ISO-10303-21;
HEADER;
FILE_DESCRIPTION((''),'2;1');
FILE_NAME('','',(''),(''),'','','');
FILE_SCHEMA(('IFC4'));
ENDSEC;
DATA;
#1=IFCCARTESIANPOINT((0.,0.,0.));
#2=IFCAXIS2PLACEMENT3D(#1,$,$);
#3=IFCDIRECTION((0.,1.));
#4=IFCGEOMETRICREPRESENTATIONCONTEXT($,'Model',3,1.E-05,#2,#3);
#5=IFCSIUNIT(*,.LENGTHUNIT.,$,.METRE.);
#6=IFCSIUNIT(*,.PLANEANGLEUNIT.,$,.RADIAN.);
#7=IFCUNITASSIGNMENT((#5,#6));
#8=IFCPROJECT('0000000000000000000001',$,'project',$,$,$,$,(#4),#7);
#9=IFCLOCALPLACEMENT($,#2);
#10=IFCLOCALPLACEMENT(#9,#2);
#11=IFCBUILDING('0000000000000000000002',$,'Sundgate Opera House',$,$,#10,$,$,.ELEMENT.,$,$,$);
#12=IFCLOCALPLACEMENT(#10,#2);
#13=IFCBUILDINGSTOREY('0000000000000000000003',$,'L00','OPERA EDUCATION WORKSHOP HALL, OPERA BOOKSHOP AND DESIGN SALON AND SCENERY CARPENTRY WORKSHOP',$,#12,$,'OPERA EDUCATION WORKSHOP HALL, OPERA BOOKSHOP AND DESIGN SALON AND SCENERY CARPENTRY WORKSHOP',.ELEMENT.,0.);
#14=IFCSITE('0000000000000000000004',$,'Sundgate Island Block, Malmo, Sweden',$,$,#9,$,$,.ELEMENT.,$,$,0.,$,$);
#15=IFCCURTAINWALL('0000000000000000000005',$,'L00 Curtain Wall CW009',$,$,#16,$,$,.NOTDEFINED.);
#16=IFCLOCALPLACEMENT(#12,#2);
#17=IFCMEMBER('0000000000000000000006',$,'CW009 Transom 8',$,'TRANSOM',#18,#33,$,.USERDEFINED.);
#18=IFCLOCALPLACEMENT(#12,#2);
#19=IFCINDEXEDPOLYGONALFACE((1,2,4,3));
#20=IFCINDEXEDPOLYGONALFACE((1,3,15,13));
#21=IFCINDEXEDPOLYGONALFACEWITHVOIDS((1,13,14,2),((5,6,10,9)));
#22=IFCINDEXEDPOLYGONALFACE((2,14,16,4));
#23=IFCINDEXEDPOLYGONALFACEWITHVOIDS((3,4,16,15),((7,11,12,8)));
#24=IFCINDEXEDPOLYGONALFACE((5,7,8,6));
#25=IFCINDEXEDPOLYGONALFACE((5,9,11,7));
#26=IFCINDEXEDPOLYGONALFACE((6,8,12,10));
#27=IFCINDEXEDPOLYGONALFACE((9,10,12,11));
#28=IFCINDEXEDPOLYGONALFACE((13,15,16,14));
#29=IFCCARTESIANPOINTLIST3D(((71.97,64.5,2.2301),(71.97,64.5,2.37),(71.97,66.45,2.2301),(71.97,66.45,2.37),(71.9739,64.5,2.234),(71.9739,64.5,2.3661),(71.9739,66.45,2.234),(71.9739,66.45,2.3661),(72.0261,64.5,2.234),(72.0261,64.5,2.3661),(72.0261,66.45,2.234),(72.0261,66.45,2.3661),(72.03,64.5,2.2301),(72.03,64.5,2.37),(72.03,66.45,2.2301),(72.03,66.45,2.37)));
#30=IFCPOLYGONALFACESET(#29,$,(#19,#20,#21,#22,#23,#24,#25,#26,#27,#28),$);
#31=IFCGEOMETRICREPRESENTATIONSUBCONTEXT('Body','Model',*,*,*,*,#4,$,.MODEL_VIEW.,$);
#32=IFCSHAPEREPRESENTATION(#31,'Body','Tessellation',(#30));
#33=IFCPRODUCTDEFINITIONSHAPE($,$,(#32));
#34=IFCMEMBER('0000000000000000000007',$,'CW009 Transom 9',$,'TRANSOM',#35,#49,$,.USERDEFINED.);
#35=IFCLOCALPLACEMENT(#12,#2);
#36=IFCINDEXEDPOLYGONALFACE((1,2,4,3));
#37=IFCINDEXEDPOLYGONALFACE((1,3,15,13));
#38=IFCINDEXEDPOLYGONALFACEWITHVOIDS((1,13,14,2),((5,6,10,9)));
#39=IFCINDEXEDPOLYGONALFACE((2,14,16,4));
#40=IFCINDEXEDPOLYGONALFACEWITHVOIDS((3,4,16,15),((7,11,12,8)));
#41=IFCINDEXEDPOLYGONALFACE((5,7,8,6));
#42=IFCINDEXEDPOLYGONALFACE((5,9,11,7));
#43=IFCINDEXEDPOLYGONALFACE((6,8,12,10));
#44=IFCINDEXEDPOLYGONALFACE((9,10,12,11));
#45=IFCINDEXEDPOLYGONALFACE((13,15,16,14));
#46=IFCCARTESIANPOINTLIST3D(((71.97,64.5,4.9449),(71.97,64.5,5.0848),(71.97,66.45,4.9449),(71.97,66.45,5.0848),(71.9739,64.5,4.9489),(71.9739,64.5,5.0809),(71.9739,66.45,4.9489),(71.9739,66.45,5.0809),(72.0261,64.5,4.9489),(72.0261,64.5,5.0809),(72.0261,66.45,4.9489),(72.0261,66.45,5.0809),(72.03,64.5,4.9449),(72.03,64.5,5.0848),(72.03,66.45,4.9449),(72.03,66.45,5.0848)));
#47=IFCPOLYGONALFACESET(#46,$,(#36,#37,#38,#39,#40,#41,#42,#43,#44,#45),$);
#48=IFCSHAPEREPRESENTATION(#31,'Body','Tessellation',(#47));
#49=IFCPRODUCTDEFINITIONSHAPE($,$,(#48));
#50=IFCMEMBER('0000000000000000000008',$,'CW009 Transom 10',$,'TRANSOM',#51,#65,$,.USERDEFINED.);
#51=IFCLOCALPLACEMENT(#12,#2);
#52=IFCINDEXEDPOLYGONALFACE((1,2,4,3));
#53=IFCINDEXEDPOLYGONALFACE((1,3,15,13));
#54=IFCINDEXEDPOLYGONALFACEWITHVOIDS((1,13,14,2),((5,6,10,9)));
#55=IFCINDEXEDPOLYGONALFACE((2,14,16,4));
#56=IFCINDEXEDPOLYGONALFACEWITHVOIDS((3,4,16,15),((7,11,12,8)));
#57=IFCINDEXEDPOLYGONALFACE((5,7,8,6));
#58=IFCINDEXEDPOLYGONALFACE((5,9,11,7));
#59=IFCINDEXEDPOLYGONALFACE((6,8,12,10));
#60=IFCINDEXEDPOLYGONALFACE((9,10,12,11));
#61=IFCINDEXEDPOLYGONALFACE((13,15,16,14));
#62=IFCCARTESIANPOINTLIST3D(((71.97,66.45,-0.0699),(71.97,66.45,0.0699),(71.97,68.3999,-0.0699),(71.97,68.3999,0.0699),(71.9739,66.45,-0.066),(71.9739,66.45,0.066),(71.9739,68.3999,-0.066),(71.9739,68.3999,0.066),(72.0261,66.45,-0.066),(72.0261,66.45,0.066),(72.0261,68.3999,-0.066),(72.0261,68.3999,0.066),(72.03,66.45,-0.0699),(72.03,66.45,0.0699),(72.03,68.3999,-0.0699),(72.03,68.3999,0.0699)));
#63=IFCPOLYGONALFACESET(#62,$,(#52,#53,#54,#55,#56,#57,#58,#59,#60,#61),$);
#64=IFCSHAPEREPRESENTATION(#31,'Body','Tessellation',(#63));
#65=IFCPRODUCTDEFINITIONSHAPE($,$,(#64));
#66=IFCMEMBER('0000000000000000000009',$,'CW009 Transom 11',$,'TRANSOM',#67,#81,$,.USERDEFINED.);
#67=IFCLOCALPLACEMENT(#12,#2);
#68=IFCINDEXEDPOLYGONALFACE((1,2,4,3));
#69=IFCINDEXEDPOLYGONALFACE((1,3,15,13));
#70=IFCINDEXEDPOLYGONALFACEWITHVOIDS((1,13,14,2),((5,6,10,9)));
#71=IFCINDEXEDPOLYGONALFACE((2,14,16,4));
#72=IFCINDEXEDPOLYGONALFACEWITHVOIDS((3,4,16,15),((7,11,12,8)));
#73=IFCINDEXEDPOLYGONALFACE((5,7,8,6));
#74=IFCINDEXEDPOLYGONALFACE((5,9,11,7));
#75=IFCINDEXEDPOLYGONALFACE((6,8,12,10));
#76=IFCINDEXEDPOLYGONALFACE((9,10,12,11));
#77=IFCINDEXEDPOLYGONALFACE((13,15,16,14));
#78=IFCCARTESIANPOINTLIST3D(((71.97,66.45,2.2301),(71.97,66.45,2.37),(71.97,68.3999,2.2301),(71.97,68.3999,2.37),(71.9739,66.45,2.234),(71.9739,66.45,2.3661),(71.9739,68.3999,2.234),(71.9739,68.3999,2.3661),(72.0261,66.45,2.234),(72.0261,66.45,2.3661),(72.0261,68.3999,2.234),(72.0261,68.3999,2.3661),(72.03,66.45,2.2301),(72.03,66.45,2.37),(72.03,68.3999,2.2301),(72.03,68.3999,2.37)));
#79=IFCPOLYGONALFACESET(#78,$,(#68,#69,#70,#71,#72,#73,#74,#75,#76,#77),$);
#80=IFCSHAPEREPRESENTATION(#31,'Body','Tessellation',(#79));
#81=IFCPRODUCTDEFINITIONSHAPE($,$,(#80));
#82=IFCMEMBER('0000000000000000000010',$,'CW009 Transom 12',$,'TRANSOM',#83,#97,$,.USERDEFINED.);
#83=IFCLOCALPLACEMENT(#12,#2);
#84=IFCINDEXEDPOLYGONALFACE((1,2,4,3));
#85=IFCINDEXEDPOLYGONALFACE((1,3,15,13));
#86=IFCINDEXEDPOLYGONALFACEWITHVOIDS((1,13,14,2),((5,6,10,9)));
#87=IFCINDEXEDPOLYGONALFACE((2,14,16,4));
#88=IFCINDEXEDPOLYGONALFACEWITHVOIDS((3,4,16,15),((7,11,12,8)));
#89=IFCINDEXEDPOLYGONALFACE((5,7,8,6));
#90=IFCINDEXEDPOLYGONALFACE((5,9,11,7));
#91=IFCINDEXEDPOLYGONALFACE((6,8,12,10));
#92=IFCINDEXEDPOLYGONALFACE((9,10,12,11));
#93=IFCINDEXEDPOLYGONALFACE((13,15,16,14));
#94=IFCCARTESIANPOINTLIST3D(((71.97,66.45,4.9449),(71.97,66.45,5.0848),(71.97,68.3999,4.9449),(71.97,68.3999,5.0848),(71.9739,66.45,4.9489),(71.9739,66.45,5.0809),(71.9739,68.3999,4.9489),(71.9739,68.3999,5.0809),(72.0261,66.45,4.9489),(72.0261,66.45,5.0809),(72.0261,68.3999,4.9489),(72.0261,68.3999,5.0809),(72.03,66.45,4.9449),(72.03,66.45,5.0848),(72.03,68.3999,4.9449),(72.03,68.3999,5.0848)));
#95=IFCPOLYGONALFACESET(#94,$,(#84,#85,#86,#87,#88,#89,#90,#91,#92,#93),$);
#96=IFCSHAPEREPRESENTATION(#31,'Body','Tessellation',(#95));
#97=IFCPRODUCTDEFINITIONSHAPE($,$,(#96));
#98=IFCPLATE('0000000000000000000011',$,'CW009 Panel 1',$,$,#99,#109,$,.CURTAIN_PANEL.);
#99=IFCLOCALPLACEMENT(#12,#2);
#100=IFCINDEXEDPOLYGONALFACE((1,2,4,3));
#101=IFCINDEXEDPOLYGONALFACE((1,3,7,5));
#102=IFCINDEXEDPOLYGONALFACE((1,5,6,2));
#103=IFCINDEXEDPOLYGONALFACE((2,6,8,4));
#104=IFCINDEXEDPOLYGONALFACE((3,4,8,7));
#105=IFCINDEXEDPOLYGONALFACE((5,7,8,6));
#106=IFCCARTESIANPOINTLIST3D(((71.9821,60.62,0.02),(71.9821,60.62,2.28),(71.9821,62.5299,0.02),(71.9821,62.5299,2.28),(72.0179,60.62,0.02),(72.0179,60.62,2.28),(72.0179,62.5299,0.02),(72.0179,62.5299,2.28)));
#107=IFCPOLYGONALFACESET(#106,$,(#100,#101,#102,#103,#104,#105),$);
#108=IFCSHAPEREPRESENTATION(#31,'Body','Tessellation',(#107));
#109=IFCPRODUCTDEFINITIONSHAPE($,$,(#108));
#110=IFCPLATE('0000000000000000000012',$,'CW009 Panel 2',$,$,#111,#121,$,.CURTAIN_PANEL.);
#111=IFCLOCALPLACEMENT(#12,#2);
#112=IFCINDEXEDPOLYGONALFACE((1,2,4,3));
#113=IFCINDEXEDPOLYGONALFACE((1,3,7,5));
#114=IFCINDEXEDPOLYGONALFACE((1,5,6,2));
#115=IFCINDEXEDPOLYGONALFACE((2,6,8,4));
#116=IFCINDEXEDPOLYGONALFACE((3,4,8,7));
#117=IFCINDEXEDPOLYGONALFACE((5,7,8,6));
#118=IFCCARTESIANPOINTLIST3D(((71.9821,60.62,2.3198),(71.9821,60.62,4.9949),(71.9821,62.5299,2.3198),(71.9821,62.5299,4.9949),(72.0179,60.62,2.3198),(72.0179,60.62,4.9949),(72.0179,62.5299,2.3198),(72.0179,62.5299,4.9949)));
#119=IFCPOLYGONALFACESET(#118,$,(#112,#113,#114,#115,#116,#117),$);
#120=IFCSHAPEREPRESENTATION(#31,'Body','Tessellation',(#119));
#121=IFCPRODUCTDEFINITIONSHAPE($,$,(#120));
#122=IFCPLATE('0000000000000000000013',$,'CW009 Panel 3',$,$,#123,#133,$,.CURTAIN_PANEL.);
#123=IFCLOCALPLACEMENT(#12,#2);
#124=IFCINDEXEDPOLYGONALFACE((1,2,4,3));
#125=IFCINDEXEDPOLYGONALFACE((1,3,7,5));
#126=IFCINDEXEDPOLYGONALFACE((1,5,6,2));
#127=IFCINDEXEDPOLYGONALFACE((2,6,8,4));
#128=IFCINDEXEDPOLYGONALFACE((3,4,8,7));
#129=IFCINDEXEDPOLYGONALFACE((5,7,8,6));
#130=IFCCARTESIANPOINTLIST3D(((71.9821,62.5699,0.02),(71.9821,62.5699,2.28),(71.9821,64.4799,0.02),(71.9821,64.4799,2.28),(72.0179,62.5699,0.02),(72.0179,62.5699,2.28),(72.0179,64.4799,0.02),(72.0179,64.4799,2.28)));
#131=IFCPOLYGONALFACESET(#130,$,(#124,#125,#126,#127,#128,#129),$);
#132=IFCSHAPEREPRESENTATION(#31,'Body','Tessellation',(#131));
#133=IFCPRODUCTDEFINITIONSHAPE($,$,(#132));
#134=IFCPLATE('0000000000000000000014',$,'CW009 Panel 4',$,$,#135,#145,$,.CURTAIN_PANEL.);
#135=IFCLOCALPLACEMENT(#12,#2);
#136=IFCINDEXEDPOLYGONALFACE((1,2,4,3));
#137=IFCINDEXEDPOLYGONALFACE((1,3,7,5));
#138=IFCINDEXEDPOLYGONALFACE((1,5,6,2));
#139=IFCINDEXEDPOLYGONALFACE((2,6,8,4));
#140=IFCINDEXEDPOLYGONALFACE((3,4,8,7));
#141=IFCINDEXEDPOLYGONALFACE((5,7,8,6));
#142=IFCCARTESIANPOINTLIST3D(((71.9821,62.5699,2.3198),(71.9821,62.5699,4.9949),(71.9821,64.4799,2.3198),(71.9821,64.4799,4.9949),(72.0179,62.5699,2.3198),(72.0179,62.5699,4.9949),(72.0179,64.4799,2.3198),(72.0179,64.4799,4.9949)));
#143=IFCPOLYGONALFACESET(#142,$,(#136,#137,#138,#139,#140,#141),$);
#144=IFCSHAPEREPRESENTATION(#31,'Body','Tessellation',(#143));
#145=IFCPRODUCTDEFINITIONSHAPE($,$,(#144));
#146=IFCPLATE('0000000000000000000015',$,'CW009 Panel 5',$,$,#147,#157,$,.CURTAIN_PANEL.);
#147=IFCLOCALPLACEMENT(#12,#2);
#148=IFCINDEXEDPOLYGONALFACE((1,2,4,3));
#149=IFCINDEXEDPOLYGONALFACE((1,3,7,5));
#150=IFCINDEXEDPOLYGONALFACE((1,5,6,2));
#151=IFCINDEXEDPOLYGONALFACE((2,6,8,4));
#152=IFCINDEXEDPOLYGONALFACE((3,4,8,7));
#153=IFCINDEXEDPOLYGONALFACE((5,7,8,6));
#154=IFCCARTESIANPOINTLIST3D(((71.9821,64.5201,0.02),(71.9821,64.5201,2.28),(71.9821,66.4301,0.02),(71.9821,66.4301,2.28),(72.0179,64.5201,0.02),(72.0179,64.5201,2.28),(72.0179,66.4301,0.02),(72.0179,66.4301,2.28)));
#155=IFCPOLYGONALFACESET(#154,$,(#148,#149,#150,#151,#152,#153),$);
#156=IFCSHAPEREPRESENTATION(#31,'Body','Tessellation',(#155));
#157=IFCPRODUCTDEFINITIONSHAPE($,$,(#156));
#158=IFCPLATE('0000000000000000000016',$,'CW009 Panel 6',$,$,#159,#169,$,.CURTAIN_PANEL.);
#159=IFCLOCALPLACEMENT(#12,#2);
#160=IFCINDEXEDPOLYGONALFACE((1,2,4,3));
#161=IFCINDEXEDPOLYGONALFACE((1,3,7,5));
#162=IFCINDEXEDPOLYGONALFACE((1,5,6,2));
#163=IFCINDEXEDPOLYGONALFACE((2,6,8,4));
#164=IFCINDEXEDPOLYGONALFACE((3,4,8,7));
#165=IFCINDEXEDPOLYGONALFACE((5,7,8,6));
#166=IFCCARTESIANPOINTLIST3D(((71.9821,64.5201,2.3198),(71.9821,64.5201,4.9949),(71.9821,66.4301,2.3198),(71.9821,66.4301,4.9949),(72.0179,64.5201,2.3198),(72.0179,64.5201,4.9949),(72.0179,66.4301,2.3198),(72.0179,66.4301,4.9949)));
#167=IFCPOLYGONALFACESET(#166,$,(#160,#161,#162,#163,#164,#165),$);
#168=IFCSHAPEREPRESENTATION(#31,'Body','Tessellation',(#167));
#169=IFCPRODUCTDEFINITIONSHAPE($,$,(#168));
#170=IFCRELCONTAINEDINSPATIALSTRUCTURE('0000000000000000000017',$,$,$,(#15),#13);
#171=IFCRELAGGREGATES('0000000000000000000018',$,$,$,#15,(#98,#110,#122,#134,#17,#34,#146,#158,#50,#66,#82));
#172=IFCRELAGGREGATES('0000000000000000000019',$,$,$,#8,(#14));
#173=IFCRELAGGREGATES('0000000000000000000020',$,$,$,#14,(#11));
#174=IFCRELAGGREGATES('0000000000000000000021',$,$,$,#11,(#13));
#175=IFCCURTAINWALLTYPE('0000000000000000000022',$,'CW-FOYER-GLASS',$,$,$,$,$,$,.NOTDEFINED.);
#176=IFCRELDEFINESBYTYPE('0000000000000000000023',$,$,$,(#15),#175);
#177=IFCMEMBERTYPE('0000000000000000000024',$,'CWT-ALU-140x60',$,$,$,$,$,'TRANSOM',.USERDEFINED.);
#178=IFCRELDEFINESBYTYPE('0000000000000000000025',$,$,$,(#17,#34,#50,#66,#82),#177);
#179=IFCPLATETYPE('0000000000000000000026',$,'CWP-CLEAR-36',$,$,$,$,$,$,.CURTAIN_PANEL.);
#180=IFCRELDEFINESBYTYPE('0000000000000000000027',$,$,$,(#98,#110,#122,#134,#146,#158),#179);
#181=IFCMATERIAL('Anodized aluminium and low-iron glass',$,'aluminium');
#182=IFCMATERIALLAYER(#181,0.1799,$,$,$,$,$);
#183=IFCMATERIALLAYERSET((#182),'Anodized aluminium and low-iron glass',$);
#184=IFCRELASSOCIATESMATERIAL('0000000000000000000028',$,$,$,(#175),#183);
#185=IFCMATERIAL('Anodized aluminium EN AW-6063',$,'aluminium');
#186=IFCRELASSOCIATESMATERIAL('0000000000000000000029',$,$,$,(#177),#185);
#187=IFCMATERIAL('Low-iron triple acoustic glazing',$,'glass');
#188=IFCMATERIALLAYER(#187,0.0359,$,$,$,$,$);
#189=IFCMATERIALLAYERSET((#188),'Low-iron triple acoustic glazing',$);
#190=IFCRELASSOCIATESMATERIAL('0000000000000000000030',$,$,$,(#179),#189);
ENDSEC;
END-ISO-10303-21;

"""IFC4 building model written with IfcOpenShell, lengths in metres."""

from ifc_helpers import new_model, si_unit, direction, frame, origin, origin_2d, place, context, subcontext, project, spatial, rectangle, hollow_rectangle, extrude, material, layer, layer_set, material_profile, profile_set, type_object, element, aggregate, save


model = new_model("IFC4")

# Units and contexts
model_context = context("Model", 3, precision=1e-05, world=origin(), true_north=direction((0.0, 1.0)))
body_context = subcontext(model_context, "Body", "Model", "MODEL_VIEW")
ifc_project = project(units=[si_unit("LENGTHUNIT", "METRE"), si_unit("PLANEANGLEUNIT", "RADIAN")], contexts=[model_context])

# Site, building, storey
site_placement = place(None, origin())
site = spatial("IfcSite", under=ifc_project, at=site_placement, Name="Sundgate Island Block, Malmo, Sweden", CompositionType="ELEMENT", RefElevation=0.0)
building_placement = place(site_placement, origin())
building = spatial("IfcBuilding", under=site, at=building_placement, Name="Sundgate Opera House", CompositionType="ELEMENT")
storey_placement = place(building_placement, origin())
storey = spatial("IfcBuildingStorey", under=building, at=storey_placement, Name="L00", Description="OPERA EDUCATION WORKSHOP HALL, OPERA BOOKSHOP AND DESIGN SALON AND SCENERY CARPENTRY WORKSHOP", LongName="OPERA EDUCATION WORKSHOP HALL, OPERA BOOKSHOP AND DESIGN SALON AND SCENERY CARPENTRY WORKSHOP", CompositionType="ELEMENT", Elevation=0.0)

# Curtain wall, members, plates
ifc_material_1 = material(Name="Anodized aluminium and low-iron glass", Category="aluminium")
ifc_layer_1 = layer(ifc_material_1, 0.1799)
ifc_layer_set_1 = layer_set([ifc_layer_1], Name="Anodized aluminium and low-iron glass")
curtain_wall_type = type_object("IfcCurtainWallType", Name="CW-FOYER-GLASS", PredefinedType="NOTDEFINED", material=ifc_layer_set_1)
curtain_wall_placement = place(storey_placement, origin())
curtain_wall = element("IfcCurtainWall", 1, at=curtain_wall_placement, inside=storey, type_object=curtain_wall_type, Name="L00 Curtain Wall CW009", PredefinedType="NOTDEFINED")
ifc_material_2 = material(Name="Anodized aluminium EN AW-6063", Category="aluminium")
ifc_material_profile_1 = material_profile(ifc_material_2, hollow_rectangle(XDim=0.0601, YDim=0.1399, WallThickness=0.0039, at=origin_2d()), Name="CWT 140x60x4")
ifc_profile_set_1 = profile_set([ifc_material_profile_1], Name="Anodized aluminium EN AW-6063")
member_type_1 = type_object("IfcMemberType", Name="CWT-ALU-140x60", ElementType="TRANSOM", PredefinedType="USERDEFINED", material=ifc_profile_set_1)
member_1_placement = place(storey_placement, frame((72.0, 64.5, 2.3), z_axis=(0.0, 1.0, 0.0), x_axis=(-1.0, 0.0, 0.0)))
member_1 = element("IfcMember", 2, at=member_1_placement, type_object=member_type_1, Name="CW009 Transom 8", ObjectType="TRANSOM", PredefinedType="USERDEFINED", context=body_context, shape_type="SweptSolid", body=[
    extrude(hollow_rectangle(XDim=0.0601, YDim=0.1399, WallThickness=0.0039, at=origin_2d()), origin(), (0.0, 0.0, 1.0), 1.95),
])
member_2_placement = place(storey_placement, frame((72.0, 64.5, 5.0149), z_axis=(0.0, 1.0, 0.0), x_axis=(-1.0, 0.0, 0.0)))
member_2 = element("IfcMember", 3, at=member_2_placement, type_object=member_type_1, Name="CW009 Transom 9", ObjectType="TRANSOM", PredefinedType="USERDEFINED", context=body_context, shape_type="SweptSolid", body=[
    extrude(hollow_rectangle(XDim=0.0601, YDim=0.1399, WallThickness=0.0039, at=origin_2d()), origin(), (0.0, 0.0, 1.0), 1.95),
])
member_3_placement = place(storey_placement, frame((72.0, 66.45, 0.0), z_axis=(0.0, 1.0, 0.0), x_axis=(-1.0, 0.0, 0.0)))
member_3 = element("IfcMember", 4, at=member_3_placement, type_object=member_type_1, Name="CW009 Transom 10", ObjectType="TRANSOM", PredefinedType="USERDEFINED", context=body_context, shape_type="SweptSolid", body=[
    extrude(hollow_rectangle(XDim=0.0601, YDim=0.1399, WallThickness=0.0039, at=origin_2d()), origin(), (0.0, 0.0, 1.0), 1.95),
])
member_4_placement = place(storey_placement, frame((72.0, 66.45, 2.3), z_axis=(0.0, 1.0, 0.0), x_axis=(-1.0, 0.0, 0.0)))
member_4 = element("IfcMember", 5, at=member_4_placement, type_object=member_type_1, Name="CW009 Transom 11", ObjectType="TRANSOM", PredefinedType="USERDEFINED", context=body_context, shape_type="SweptSolid", body=[
    extrude(hollow_rectangle(XDim=0.0601, YDim=0.1399, WallThickness=0.0039, at=origin_2d()), origin(), (0.0, 0.0, 1.0), 1.95),
])
member_5_placement = place(storey_placement, frame((72.0, 66.45, 5.0149), z_axis=(0.0, 1.0, 0.0), x_axis=(-1.0, 0.0, 0.0)))
member_5 = element("IfcMember", 6, at=member_5_placement, type_object=member_type_1, Name="CW009 Transom 12", ObjectType="TRANSOM", PredefinedType="USERDEFINED", context=body_context, shape_type="SweptSolid", body=[
    extrude(hollow_rectangle(XDim=0.0601, YDim=0.1399, WallThickness=0.0039, at=origin_2d()), origin(), (0.0, 0.0, 1.0), 1.95),
])
ifc_material_3 = material(Name="Low-iron triple acoustic glazing", Category="glass")
ifc_layer_2 = layer(ifc_material_3, 0.0359)
ifc_layer_set_2 = layer_set([ifc_layer_2], Name="Low-iron triple acoustic glazing")
plate_type = type_object("IfcPlateType", Name="CWP-CLEAR-36", PredefinedType="CURTAIN_PANEL", material=ifc_layer_set_2)
plate_1_placement = place(storey_placement, frame((72.0, 61.575, 0.02), z_axis=(0.0, 0.0, 1.0), x_axis=(0.0, 1.0, 0.0)))
plate_1 = element("IfcPlate", 7, at=plate_1_placement, type_object=plate_type, Name="CW009 Panel 1", PredefinedType="CURTAIN_PANEL", context=body_context, shape_type="SweptSolid", body=[
    extrude(rectangle(XDim=1.9099, YDim=0.0359, at=origin_2d()), origin(), (0.0, 0.0, 1.0), 2.26),
])
plate_2_placement = place(storey_placement, frame((72.0, 61.575, 2.3198), z_axis=(0.0, 0.0, 1.0), x_axis=(0.0, 1.0, 0.0)))
plate_2 = element("IfcPlate", 8, at=plate_2_placement, type_object=plate_type, Name="CW009 Panel 2", PredefinedType="CURTAIN_PANEL", context=body_context, shape_type="SweptSolid", body=[
    extrude(rectangle(XDim=1.9099, YDim=0.0359, at=origin_2d()), origin(), (0.0, 0.0, 1.0), 2.675),
])
plate_3_placement = place(storey_placement, frame((72.0, 63.5249, 0.02), z_axis=(0.0, 0.0, 1.0), x_axis=(0.0, 1.0, 0.0)))
plate_3 = element("IfcPlate", 9, at=plate_3_placement, type_object=plate_type, Name="CW009 Panel 3", PredefinedType="CURTAIN_PANEL", context=body_context, shape_type="SweptSolid", body=[
    extrude(rectangle(XDim=1.9099, YDim=0.0359, at=origin_2d()), origin(), (0.0, 0.0, 1.0), 2.26),
])
plate_4_placement = place(storey_placement, frame((72.0, 63.5249, 2.3198), z_axis=(0.0, 0.0, 1.0), x_axis=(0.0, 1.0, 0.0)))
plate_4 = element("IfcPlate", 10, at=plate_4_placement, type_object=plate_type, Name="CW009 Panel 4", PredefinedType="CURTAIN_PANEL", context=body_context, shape_type="SweptSolid", body=[
    extrude(rectangle(XDim=1.9099, YDim=0.0359, at=origin_2d()), origin(), (0.0, 0.0, 1.0), 2.675),
])
plate_5_placement = place(storey_placement, frame((72.0, 65.4751, 0.02), z_axis=(0.0, 0.0, 1.0), x_axis=(0.0, 1.0, 0.0)))
plate_5 = element("IfcPlate", 11, at=plate_5_placement, type_object=plate_type, Name="CW009 Panel 5", PredefinedType="CURTAIN_PANEL", context=body_context, shape_type="SweptSolid", body=[
    extrude(rectangle(XDim=1.9099, YDim=0.0359, at=origin_2d()), origin(), (0.0, 0.0, 1.0), 2.26),
])
plate_6_placement = place(storey_placement, frame((72.0, 65.4751, 2.3198), z_axis=(0.0, 0.0, 1.0), x_axis=(0.0, 1.0, 0.0)))
plate_6 = element("IfcPlate", 12, at=plate_6_placement, type_object=plate_type, Name="CW009 Panel 6", PredefinedType="CURTAIN_PANEL", context=body_context, shape_type="SweptSolid", body=[
    extrude(rectangle(XDim=1.9099, YDim=0.0359, at=origin_2d()), origin(), (0.0, 0.0, 1.0), 2.675),
])
aggregate(curtain_wall, [plate_1, plate_2, plate_3, plate_4, member_1, member_2, plate_5, plate_6, member_3, member_4, member_5])

save(model, "model.ifc")
